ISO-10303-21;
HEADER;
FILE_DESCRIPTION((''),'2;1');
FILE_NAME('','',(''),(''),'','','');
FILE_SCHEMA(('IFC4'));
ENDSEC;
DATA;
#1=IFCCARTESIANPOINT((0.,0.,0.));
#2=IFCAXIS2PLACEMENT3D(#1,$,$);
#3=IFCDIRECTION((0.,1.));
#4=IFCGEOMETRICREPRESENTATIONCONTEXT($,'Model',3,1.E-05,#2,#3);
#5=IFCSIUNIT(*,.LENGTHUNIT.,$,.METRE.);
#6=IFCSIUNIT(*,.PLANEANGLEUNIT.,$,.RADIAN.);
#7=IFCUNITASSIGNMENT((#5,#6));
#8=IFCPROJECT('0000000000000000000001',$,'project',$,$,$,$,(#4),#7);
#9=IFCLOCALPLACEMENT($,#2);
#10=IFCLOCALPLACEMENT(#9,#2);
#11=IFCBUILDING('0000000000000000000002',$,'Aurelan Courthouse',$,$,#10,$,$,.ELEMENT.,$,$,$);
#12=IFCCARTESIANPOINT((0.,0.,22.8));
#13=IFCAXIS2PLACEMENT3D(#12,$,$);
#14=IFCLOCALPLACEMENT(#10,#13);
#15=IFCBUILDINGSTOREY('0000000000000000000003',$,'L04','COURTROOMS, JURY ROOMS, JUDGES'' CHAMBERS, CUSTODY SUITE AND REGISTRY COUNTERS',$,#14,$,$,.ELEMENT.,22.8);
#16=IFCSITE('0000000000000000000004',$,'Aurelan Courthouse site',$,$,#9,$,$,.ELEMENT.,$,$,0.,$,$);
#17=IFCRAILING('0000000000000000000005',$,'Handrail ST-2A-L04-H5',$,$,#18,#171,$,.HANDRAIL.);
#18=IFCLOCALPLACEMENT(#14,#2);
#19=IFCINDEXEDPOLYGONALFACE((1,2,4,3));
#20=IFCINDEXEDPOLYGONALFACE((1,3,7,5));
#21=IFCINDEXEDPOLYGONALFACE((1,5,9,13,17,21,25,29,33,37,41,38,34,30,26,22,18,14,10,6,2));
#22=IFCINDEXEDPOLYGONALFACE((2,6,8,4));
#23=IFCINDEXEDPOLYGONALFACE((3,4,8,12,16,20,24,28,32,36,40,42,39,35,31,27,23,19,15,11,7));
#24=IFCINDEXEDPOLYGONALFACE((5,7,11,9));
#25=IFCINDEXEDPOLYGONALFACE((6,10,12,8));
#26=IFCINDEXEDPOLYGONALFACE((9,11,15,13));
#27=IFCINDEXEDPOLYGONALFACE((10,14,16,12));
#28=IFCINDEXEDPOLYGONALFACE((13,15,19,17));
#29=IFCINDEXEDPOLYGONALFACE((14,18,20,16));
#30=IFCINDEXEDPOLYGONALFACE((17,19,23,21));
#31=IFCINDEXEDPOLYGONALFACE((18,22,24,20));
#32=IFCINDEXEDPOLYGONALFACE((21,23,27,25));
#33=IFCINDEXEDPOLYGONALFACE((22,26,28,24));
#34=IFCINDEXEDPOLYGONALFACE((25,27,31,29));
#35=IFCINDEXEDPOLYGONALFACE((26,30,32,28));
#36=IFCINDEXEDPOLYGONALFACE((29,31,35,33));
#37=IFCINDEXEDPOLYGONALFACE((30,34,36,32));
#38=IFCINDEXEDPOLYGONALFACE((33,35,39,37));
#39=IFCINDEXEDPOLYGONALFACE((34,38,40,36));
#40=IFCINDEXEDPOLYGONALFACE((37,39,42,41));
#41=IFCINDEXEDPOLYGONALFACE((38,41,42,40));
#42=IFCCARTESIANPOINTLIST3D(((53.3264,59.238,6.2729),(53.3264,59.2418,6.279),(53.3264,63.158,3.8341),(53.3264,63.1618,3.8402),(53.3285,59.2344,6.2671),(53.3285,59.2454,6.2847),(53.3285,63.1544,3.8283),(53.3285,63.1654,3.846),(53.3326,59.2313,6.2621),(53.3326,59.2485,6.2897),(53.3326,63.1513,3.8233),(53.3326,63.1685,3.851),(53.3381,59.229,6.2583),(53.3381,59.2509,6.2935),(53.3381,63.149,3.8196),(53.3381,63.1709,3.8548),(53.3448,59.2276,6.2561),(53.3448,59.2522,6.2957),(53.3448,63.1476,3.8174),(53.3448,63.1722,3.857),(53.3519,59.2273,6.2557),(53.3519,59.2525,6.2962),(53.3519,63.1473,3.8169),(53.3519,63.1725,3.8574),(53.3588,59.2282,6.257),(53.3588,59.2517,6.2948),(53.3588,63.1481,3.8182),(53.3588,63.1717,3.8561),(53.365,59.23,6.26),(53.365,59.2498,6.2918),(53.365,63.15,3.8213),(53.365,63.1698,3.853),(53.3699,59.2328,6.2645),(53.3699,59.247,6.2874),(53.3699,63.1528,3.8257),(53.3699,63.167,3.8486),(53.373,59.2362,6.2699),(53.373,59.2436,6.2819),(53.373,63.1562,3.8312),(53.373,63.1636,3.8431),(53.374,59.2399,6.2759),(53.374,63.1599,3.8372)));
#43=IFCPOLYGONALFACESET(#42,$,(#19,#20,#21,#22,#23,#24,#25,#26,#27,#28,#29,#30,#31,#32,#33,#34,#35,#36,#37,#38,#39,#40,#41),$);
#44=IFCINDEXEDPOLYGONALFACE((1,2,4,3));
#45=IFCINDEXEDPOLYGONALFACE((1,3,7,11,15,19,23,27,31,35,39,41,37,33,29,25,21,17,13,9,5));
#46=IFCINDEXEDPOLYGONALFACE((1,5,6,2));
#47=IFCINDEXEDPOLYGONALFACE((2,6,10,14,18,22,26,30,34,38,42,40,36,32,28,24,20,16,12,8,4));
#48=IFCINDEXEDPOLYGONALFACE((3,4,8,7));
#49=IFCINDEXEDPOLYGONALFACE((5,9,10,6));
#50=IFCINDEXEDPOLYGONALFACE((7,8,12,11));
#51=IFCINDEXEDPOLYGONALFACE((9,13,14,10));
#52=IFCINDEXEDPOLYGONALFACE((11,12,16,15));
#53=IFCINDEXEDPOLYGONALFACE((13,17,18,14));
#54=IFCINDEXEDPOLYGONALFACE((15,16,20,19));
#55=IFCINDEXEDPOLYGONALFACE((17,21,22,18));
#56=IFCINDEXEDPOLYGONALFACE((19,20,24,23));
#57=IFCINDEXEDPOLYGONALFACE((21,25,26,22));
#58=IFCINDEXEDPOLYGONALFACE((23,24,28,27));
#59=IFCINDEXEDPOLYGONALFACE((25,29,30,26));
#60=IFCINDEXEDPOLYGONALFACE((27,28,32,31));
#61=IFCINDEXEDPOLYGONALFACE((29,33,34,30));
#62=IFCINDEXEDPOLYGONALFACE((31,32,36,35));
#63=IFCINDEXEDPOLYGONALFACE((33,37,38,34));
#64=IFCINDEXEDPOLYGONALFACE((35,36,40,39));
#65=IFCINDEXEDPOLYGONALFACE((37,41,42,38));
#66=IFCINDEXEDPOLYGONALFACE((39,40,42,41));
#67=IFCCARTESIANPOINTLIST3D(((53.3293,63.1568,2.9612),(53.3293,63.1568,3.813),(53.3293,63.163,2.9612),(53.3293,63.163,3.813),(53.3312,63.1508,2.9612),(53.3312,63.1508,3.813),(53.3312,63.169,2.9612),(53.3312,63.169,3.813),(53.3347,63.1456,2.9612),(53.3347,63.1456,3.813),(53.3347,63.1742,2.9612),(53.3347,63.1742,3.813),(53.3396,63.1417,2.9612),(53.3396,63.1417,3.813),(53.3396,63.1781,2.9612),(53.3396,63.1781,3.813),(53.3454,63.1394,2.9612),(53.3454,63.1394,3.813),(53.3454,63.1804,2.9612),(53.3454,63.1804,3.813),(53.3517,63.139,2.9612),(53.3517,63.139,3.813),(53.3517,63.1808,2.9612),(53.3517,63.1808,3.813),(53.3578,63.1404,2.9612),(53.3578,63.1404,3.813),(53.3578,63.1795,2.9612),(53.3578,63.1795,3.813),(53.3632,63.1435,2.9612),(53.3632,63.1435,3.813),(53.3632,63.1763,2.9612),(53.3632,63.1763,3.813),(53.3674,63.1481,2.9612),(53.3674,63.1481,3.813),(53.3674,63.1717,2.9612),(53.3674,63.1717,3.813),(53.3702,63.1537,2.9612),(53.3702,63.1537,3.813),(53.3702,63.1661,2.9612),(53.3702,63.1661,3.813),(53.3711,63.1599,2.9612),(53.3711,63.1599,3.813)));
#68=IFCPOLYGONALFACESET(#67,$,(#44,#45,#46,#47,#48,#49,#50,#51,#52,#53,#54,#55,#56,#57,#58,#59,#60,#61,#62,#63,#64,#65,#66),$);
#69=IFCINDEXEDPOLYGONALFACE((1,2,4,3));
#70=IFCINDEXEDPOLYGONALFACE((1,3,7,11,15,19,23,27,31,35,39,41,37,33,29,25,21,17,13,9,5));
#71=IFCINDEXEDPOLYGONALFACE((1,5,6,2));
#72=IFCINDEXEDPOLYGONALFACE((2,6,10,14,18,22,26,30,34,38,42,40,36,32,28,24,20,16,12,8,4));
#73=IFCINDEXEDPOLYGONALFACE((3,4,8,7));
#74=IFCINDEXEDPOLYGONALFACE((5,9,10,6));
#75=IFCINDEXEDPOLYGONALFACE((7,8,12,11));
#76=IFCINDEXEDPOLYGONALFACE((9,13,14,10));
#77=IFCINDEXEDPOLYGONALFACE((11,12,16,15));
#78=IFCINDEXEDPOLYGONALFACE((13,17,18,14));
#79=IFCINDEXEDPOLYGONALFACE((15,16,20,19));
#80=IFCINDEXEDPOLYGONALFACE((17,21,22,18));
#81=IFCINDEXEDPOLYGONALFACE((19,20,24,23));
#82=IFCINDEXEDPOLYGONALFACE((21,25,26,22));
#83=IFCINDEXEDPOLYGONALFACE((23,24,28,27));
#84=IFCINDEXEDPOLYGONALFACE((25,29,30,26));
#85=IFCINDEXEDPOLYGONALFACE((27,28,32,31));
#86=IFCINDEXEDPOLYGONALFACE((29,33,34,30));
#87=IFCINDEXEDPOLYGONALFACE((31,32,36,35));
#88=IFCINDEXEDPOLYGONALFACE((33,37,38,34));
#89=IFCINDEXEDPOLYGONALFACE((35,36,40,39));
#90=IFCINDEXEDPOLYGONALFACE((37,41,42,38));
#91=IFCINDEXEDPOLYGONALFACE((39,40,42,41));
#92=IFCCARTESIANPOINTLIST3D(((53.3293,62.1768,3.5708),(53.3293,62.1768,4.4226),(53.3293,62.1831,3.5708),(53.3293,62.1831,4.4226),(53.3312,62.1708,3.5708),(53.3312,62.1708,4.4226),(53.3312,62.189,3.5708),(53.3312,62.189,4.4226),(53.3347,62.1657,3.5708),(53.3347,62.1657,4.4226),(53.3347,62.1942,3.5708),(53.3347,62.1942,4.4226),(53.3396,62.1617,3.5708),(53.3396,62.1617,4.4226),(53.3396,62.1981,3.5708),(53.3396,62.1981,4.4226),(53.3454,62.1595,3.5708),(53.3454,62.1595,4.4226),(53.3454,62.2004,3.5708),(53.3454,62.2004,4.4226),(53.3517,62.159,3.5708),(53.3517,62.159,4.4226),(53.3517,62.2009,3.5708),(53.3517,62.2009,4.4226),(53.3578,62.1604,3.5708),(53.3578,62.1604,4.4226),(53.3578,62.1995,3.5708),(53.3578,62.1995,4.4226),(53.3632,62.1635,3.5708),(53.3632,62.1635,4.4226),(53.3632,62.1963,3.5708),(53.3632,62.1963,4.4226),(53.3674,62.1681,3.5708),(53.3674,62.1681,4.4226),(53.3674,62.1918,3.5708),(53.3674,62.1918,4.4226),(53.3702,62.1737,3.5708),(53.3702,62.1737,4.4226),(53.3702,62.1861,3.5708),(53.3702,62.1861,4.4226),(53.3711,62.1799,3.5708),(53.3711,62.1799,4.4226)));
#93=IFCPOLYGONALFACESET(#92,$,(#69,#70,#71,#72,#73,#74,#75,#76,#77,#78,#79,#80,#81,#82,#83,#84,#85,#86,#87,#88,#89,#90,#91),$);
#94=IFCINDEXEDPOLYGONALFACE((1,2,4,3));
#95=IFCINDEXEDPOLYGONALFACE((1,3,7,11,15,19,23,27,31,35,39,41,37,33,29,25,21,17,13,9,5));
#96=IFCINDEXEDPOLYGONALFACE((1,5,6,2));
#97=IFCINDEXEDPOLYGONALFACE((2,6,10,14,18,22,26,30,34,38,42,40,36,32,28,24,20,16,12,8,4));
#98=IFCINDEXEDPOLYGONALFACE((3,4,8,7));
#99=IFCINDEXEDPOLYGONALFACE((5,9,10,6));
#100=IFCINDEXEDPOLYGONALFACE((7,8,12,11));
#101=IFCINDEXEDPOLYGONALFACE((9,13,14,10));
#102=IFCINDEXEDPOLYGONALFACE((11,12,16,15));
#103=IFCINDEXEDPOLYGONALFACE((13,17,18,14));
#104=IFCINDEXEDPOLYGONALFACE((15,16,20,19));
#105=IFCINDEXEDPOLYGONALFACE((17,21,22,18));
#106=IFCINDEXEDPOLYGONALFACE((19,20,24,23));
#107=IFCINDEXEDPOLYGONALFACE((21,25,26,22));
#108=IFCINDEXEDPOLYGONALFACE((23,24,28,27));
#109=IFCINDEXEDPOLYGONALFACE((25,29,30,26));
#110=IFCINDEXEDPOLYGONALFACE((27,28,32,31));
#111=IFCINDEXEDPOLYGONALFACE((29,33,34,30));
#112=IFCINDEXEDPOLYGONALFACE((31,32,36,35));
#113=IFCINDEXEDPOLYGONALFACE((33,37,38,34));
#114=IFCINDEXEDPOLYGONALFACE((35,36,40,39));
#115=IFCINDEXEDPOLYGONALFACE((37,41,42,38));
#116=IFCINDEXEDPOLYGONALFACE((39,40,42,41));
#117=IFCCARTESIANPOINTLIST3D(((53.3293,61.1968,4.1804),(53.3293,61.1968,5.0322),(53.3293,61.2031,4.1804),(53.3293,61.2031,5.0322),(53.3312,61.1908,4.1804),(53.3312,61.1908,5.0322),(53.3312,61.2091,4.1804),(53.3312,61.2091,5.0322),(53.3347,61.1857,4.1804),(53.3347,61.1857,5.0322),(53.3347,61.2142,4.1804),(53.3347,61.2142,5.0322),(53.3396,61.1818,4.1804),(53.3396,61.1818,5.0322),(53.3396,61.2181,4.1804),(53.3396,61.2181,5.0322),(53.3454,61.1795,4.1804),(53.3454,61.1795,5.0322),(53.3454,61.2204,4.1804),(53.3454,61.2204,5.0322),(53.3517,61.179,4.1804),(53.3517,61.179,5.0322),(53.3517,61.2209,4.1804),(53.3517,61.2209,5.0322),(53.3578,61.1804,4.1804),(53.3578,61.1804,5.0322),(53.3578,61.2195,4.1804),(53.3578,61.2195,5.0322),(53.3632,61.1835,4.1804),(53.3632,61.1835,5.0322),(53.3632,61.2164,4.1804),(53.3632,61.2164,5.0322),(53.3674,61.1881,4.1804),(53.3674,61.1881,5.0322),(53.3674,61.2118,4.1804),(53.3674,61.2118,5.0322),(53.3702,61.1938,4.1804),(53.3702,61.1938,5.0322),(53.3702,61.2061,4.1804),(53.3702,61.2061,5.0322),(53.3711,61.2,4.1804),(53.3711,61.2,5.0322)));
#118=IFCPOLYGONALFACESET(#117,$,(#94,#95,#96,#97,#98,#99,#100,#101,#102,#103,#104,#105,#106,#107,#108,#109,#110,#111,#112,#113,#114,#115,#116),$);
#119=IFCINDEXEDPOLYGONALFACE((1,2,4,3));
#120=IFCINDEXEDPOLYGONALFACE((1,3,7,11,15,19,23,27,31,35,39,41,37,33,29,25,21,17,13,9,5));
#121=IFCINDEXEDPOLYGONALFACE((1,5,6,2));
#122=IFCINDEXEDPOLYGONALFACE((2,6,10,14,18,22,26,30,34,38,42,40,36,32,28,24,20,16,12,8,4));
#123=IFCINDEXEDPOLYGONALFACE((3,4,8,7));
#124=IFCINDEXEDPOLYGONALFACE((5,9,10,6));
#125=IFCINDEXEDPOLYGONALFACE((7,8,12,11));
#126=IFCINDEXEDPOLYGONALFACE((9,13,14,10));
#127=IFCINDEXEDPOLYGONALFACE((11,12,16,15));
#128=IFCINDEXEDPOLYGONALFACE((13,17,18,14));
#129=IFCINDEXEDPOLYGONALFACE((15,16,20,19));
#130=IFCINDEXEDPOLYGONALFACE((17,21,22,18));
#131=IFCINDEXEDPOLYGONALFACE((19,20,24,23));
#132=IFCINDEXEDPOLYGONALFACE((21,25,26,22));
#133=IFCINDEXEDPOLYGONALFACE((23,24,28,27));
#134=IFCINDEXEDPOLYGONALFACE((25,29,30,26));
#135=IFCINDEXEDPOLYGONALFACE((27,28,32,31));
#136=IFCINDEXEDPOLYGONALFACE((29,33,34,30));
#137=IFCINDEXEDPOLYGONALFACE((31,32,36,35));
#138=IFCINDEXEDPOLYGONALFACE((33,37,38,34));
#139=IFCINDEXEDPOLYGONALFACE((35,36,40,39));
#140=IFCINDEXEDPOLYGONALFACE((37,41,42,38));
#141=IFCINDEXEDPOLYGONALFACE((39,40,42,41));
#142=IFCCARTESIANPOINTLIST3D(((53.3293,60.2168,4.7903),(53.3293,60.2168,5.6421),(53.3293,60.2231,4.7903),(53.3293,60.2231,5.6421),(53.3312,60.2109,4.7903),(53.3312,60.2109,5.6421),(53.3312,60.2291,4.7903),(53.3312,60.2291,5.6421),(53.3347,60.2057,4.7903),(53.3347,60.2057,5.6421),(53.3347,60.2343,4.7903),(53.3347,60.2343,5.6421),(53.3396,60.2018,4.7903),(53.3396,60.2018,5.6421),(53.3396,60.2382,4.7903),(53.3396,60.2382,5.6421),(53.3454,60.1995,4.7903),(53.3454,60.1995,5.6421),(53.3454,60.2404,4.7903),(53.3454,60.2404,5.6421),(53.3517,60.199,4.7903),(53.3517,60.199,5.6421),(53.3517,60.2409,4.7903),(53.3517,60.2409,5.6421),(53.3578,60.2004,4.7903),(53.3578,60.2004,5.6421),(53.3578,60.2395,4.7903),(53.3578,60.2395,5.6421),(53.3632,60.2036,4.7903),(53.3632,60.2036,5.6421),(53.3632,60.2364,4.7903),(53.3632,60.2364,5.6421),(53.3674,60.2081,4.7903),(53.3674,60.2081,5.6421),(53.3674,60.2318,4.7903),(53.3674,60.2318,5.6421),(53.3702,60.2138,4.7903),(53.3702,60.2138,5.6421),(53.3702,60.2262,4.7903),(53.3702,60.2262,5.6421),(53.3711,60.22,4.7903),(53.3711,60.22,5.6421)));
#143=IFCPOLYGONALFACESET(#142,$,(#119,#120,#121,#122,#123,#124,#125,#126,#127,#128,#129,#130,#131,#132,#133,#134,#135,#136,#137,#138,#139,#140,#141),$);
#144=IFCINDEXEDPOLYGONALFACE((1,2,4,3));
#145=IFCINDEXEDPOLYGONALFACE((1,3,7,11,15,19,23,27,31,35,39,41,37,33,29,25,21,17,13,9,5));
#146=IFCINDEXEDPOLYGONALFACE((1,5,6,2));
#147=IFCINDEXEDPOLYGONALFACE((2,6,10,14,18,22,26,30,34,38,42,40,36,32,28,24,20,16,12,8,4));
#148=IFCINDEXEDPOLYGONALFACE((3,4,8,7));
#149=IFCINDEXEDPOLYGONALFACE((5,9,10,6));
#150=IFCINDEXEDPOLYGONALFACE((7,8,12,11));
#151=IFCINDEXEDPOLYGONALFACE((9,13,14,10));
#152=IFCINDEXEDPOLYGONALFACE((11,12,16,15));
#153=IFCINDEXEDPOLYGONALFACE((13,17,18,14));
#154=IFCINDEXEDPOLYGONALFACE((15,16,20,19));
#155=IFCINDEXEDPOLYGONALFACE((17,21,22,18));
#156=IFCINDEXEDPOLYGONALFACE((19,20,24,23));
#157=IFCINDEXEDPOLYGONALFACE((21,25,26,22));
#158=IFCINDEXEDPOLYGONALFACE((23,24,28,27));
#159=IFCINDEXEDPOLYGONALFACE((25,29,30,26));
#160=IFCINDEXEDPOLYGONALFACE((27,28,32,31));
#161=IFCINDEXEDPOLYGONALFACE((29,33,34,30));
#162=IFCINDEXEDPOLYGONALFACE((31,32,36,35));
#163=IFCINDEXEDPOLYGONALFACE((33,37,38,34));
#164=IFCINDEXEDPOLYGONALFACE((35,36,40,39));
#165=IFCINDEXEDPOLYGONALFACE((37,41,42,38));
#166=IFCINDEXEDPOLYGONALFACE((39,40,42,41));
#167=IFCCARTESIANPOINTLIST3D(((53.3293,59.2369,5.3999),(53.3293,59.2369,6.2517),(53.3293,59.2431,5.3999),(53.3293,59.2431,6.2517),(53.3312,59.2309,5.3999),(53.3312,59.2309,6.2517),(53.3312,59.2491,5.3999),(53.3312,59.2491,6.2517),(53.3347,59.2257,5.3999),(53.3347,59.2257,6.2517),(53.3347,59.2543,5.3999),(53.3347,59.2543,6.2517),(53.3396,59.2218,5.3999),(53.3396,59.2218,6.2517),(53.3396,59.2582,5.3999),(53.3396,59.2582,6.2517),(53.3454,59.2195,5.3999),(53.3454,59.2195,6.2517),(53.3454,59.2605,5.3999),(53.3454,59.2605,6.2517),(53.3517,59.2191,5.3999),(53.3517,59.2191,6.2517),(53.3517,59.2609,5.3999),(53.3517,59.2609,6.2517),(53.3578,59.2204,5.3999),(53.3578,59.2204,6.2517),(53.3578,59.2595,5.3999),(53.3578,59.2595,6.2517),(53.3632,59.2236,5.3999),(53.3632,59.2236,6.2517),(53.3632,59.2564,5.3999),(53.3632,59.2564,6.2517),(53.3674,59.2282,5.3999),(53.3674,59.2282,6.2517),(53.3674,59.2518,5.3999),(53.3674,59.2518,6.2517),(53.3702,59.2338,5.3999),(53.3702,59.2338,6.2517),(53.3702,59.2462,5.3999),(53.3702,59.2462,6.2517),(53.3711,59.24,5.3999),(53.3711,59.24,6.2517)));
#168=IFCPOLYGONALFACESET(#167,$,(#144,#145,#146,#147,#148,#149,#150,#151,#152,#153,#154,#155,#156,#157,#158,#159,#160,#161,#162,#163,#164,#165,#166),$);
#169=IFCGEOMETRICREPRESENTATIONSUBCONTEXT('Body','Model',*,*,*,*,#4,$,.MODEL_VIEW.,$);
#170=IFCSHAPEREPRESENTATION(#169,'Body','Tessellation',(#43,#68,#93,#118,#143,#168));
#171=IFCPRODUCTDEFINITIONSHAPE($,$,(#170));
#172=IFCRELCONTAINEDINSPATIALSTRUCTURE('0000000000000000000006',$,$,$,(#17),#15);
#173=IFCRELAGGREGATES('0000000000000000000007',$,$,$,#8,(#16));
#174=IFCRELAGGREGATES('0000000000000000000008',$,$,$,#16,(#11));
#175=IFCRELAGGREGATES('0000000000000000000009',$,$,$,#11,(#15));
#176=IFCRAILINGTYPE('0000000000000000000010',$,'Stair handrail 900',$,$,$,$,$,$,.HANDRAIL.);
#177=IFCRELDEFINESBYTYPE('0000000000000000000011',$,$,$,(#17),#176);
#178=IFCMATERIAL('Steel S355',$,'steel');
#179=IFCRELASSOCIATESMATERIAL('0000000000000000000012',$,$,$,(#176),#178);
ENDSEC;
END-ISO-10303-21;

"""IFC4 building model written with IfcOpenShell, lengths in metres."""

from ifc_helpers import new_model, si_unit, direction, frame, origin, origin_2d, place, context, subcontext, project, spatial, circle, extrude, material, type_object, element, save


model = new_model("IFC4")

# Units and contexts
model_context = context("Model", 3, precision=1e-05, world=origin(), true_north=direction((0.0, 1.0)))
body_context = subcontext(model_context, "Body", "Model", "MODEL_VIEW")
ifc_project = project(units=[si_unit("LENGTHUNIT", "METRE"), si_unit("PLANEANGLEUNIT", "RADIAN")], contexts=[model_context])

# Site, building, storey
site_placement = place(None, origin())
site = spatial("IfcSite", under=ifc_project, at=site_placement, Name="Aurelan Courthouse site", CompositionType="ELEMENT", RefElevation=0.0)
building_placement = place(site_placement, origin())
building = spatial("IfcBuilding", under=site, at=building_placement, Name="Aurelan Courthouse", CompositionType="ELEMENT")
storey_placement = place(building_placement, frame((0.0, 0.0, 22.8)))
storey = spatial("IfcBuildingStorey", under=building, at=storey_placement, Name="L04", Description="COURTROOMS, JURY ROOMS, JUDGES' CHAMBERS, CUSTODY SUITE AND REGISTRY COUNTERS", CompositionType="ELEMENT", Elevation=22.8)

# Railing
ifc_material_1 = material(Name="Steel S355", Category="steel")
railing_type_1 = type_object("IfcRailingType", Name="Stair handrail 900", PredefinedType="HANDRAIL", material=ifc_material_1)
for number, where, name in (
    (1, (53.3501, 63.1599, 2.9612), "Handrail ST-2A-L04-H5"),
):
    element("IfcRailing", number, at=place(storey_placement, frame(where)), inside=storey, type_object=railing_type_1, Name=name, PredefinedType="HANDRAIL", context=body_context, shape_type="SweptSolid", body=[
        extrude(circle(Radius=0.0239, at=origin_2d()), frame((0.0, 0.0, 0.876), z_axis=(0.0, -0.84909, 0.528249), x_axis=(1.0, 0.0, 0.0)), (0.0, 0.0, 1.0), 4.6167),
        extrude(circle(Radius=0.021, at=origin_2d()), origin(), (0.0, 0.0, 1.0), 0.8518),
        extrude(circle(Radius=0.021, at=origin_2d()), frame((0.0, -0.98, 0.6096)), (0.0, 0.0, 1.0), 0.8518),
        extrude(circle(Radius=0.021, at=origin_2d()), frame((0.0, -1.96, 1.2192)), (0.0, 0.0, 1.0), 0.8518),
        extrude(circle(Radius=0.021, at=origin_2d()), frame((0.0, -2.9399, 1.8291)), (0.0, 0.0, 1.0), 0.8518),
        extrude(circle(Radius=0.021, at=origin_2d()), frame((0.0, -3.9199, 2.4387)), (0.0, 0.0, 1.0), 0.8518),
    ])

save(model, "model.ifc")
